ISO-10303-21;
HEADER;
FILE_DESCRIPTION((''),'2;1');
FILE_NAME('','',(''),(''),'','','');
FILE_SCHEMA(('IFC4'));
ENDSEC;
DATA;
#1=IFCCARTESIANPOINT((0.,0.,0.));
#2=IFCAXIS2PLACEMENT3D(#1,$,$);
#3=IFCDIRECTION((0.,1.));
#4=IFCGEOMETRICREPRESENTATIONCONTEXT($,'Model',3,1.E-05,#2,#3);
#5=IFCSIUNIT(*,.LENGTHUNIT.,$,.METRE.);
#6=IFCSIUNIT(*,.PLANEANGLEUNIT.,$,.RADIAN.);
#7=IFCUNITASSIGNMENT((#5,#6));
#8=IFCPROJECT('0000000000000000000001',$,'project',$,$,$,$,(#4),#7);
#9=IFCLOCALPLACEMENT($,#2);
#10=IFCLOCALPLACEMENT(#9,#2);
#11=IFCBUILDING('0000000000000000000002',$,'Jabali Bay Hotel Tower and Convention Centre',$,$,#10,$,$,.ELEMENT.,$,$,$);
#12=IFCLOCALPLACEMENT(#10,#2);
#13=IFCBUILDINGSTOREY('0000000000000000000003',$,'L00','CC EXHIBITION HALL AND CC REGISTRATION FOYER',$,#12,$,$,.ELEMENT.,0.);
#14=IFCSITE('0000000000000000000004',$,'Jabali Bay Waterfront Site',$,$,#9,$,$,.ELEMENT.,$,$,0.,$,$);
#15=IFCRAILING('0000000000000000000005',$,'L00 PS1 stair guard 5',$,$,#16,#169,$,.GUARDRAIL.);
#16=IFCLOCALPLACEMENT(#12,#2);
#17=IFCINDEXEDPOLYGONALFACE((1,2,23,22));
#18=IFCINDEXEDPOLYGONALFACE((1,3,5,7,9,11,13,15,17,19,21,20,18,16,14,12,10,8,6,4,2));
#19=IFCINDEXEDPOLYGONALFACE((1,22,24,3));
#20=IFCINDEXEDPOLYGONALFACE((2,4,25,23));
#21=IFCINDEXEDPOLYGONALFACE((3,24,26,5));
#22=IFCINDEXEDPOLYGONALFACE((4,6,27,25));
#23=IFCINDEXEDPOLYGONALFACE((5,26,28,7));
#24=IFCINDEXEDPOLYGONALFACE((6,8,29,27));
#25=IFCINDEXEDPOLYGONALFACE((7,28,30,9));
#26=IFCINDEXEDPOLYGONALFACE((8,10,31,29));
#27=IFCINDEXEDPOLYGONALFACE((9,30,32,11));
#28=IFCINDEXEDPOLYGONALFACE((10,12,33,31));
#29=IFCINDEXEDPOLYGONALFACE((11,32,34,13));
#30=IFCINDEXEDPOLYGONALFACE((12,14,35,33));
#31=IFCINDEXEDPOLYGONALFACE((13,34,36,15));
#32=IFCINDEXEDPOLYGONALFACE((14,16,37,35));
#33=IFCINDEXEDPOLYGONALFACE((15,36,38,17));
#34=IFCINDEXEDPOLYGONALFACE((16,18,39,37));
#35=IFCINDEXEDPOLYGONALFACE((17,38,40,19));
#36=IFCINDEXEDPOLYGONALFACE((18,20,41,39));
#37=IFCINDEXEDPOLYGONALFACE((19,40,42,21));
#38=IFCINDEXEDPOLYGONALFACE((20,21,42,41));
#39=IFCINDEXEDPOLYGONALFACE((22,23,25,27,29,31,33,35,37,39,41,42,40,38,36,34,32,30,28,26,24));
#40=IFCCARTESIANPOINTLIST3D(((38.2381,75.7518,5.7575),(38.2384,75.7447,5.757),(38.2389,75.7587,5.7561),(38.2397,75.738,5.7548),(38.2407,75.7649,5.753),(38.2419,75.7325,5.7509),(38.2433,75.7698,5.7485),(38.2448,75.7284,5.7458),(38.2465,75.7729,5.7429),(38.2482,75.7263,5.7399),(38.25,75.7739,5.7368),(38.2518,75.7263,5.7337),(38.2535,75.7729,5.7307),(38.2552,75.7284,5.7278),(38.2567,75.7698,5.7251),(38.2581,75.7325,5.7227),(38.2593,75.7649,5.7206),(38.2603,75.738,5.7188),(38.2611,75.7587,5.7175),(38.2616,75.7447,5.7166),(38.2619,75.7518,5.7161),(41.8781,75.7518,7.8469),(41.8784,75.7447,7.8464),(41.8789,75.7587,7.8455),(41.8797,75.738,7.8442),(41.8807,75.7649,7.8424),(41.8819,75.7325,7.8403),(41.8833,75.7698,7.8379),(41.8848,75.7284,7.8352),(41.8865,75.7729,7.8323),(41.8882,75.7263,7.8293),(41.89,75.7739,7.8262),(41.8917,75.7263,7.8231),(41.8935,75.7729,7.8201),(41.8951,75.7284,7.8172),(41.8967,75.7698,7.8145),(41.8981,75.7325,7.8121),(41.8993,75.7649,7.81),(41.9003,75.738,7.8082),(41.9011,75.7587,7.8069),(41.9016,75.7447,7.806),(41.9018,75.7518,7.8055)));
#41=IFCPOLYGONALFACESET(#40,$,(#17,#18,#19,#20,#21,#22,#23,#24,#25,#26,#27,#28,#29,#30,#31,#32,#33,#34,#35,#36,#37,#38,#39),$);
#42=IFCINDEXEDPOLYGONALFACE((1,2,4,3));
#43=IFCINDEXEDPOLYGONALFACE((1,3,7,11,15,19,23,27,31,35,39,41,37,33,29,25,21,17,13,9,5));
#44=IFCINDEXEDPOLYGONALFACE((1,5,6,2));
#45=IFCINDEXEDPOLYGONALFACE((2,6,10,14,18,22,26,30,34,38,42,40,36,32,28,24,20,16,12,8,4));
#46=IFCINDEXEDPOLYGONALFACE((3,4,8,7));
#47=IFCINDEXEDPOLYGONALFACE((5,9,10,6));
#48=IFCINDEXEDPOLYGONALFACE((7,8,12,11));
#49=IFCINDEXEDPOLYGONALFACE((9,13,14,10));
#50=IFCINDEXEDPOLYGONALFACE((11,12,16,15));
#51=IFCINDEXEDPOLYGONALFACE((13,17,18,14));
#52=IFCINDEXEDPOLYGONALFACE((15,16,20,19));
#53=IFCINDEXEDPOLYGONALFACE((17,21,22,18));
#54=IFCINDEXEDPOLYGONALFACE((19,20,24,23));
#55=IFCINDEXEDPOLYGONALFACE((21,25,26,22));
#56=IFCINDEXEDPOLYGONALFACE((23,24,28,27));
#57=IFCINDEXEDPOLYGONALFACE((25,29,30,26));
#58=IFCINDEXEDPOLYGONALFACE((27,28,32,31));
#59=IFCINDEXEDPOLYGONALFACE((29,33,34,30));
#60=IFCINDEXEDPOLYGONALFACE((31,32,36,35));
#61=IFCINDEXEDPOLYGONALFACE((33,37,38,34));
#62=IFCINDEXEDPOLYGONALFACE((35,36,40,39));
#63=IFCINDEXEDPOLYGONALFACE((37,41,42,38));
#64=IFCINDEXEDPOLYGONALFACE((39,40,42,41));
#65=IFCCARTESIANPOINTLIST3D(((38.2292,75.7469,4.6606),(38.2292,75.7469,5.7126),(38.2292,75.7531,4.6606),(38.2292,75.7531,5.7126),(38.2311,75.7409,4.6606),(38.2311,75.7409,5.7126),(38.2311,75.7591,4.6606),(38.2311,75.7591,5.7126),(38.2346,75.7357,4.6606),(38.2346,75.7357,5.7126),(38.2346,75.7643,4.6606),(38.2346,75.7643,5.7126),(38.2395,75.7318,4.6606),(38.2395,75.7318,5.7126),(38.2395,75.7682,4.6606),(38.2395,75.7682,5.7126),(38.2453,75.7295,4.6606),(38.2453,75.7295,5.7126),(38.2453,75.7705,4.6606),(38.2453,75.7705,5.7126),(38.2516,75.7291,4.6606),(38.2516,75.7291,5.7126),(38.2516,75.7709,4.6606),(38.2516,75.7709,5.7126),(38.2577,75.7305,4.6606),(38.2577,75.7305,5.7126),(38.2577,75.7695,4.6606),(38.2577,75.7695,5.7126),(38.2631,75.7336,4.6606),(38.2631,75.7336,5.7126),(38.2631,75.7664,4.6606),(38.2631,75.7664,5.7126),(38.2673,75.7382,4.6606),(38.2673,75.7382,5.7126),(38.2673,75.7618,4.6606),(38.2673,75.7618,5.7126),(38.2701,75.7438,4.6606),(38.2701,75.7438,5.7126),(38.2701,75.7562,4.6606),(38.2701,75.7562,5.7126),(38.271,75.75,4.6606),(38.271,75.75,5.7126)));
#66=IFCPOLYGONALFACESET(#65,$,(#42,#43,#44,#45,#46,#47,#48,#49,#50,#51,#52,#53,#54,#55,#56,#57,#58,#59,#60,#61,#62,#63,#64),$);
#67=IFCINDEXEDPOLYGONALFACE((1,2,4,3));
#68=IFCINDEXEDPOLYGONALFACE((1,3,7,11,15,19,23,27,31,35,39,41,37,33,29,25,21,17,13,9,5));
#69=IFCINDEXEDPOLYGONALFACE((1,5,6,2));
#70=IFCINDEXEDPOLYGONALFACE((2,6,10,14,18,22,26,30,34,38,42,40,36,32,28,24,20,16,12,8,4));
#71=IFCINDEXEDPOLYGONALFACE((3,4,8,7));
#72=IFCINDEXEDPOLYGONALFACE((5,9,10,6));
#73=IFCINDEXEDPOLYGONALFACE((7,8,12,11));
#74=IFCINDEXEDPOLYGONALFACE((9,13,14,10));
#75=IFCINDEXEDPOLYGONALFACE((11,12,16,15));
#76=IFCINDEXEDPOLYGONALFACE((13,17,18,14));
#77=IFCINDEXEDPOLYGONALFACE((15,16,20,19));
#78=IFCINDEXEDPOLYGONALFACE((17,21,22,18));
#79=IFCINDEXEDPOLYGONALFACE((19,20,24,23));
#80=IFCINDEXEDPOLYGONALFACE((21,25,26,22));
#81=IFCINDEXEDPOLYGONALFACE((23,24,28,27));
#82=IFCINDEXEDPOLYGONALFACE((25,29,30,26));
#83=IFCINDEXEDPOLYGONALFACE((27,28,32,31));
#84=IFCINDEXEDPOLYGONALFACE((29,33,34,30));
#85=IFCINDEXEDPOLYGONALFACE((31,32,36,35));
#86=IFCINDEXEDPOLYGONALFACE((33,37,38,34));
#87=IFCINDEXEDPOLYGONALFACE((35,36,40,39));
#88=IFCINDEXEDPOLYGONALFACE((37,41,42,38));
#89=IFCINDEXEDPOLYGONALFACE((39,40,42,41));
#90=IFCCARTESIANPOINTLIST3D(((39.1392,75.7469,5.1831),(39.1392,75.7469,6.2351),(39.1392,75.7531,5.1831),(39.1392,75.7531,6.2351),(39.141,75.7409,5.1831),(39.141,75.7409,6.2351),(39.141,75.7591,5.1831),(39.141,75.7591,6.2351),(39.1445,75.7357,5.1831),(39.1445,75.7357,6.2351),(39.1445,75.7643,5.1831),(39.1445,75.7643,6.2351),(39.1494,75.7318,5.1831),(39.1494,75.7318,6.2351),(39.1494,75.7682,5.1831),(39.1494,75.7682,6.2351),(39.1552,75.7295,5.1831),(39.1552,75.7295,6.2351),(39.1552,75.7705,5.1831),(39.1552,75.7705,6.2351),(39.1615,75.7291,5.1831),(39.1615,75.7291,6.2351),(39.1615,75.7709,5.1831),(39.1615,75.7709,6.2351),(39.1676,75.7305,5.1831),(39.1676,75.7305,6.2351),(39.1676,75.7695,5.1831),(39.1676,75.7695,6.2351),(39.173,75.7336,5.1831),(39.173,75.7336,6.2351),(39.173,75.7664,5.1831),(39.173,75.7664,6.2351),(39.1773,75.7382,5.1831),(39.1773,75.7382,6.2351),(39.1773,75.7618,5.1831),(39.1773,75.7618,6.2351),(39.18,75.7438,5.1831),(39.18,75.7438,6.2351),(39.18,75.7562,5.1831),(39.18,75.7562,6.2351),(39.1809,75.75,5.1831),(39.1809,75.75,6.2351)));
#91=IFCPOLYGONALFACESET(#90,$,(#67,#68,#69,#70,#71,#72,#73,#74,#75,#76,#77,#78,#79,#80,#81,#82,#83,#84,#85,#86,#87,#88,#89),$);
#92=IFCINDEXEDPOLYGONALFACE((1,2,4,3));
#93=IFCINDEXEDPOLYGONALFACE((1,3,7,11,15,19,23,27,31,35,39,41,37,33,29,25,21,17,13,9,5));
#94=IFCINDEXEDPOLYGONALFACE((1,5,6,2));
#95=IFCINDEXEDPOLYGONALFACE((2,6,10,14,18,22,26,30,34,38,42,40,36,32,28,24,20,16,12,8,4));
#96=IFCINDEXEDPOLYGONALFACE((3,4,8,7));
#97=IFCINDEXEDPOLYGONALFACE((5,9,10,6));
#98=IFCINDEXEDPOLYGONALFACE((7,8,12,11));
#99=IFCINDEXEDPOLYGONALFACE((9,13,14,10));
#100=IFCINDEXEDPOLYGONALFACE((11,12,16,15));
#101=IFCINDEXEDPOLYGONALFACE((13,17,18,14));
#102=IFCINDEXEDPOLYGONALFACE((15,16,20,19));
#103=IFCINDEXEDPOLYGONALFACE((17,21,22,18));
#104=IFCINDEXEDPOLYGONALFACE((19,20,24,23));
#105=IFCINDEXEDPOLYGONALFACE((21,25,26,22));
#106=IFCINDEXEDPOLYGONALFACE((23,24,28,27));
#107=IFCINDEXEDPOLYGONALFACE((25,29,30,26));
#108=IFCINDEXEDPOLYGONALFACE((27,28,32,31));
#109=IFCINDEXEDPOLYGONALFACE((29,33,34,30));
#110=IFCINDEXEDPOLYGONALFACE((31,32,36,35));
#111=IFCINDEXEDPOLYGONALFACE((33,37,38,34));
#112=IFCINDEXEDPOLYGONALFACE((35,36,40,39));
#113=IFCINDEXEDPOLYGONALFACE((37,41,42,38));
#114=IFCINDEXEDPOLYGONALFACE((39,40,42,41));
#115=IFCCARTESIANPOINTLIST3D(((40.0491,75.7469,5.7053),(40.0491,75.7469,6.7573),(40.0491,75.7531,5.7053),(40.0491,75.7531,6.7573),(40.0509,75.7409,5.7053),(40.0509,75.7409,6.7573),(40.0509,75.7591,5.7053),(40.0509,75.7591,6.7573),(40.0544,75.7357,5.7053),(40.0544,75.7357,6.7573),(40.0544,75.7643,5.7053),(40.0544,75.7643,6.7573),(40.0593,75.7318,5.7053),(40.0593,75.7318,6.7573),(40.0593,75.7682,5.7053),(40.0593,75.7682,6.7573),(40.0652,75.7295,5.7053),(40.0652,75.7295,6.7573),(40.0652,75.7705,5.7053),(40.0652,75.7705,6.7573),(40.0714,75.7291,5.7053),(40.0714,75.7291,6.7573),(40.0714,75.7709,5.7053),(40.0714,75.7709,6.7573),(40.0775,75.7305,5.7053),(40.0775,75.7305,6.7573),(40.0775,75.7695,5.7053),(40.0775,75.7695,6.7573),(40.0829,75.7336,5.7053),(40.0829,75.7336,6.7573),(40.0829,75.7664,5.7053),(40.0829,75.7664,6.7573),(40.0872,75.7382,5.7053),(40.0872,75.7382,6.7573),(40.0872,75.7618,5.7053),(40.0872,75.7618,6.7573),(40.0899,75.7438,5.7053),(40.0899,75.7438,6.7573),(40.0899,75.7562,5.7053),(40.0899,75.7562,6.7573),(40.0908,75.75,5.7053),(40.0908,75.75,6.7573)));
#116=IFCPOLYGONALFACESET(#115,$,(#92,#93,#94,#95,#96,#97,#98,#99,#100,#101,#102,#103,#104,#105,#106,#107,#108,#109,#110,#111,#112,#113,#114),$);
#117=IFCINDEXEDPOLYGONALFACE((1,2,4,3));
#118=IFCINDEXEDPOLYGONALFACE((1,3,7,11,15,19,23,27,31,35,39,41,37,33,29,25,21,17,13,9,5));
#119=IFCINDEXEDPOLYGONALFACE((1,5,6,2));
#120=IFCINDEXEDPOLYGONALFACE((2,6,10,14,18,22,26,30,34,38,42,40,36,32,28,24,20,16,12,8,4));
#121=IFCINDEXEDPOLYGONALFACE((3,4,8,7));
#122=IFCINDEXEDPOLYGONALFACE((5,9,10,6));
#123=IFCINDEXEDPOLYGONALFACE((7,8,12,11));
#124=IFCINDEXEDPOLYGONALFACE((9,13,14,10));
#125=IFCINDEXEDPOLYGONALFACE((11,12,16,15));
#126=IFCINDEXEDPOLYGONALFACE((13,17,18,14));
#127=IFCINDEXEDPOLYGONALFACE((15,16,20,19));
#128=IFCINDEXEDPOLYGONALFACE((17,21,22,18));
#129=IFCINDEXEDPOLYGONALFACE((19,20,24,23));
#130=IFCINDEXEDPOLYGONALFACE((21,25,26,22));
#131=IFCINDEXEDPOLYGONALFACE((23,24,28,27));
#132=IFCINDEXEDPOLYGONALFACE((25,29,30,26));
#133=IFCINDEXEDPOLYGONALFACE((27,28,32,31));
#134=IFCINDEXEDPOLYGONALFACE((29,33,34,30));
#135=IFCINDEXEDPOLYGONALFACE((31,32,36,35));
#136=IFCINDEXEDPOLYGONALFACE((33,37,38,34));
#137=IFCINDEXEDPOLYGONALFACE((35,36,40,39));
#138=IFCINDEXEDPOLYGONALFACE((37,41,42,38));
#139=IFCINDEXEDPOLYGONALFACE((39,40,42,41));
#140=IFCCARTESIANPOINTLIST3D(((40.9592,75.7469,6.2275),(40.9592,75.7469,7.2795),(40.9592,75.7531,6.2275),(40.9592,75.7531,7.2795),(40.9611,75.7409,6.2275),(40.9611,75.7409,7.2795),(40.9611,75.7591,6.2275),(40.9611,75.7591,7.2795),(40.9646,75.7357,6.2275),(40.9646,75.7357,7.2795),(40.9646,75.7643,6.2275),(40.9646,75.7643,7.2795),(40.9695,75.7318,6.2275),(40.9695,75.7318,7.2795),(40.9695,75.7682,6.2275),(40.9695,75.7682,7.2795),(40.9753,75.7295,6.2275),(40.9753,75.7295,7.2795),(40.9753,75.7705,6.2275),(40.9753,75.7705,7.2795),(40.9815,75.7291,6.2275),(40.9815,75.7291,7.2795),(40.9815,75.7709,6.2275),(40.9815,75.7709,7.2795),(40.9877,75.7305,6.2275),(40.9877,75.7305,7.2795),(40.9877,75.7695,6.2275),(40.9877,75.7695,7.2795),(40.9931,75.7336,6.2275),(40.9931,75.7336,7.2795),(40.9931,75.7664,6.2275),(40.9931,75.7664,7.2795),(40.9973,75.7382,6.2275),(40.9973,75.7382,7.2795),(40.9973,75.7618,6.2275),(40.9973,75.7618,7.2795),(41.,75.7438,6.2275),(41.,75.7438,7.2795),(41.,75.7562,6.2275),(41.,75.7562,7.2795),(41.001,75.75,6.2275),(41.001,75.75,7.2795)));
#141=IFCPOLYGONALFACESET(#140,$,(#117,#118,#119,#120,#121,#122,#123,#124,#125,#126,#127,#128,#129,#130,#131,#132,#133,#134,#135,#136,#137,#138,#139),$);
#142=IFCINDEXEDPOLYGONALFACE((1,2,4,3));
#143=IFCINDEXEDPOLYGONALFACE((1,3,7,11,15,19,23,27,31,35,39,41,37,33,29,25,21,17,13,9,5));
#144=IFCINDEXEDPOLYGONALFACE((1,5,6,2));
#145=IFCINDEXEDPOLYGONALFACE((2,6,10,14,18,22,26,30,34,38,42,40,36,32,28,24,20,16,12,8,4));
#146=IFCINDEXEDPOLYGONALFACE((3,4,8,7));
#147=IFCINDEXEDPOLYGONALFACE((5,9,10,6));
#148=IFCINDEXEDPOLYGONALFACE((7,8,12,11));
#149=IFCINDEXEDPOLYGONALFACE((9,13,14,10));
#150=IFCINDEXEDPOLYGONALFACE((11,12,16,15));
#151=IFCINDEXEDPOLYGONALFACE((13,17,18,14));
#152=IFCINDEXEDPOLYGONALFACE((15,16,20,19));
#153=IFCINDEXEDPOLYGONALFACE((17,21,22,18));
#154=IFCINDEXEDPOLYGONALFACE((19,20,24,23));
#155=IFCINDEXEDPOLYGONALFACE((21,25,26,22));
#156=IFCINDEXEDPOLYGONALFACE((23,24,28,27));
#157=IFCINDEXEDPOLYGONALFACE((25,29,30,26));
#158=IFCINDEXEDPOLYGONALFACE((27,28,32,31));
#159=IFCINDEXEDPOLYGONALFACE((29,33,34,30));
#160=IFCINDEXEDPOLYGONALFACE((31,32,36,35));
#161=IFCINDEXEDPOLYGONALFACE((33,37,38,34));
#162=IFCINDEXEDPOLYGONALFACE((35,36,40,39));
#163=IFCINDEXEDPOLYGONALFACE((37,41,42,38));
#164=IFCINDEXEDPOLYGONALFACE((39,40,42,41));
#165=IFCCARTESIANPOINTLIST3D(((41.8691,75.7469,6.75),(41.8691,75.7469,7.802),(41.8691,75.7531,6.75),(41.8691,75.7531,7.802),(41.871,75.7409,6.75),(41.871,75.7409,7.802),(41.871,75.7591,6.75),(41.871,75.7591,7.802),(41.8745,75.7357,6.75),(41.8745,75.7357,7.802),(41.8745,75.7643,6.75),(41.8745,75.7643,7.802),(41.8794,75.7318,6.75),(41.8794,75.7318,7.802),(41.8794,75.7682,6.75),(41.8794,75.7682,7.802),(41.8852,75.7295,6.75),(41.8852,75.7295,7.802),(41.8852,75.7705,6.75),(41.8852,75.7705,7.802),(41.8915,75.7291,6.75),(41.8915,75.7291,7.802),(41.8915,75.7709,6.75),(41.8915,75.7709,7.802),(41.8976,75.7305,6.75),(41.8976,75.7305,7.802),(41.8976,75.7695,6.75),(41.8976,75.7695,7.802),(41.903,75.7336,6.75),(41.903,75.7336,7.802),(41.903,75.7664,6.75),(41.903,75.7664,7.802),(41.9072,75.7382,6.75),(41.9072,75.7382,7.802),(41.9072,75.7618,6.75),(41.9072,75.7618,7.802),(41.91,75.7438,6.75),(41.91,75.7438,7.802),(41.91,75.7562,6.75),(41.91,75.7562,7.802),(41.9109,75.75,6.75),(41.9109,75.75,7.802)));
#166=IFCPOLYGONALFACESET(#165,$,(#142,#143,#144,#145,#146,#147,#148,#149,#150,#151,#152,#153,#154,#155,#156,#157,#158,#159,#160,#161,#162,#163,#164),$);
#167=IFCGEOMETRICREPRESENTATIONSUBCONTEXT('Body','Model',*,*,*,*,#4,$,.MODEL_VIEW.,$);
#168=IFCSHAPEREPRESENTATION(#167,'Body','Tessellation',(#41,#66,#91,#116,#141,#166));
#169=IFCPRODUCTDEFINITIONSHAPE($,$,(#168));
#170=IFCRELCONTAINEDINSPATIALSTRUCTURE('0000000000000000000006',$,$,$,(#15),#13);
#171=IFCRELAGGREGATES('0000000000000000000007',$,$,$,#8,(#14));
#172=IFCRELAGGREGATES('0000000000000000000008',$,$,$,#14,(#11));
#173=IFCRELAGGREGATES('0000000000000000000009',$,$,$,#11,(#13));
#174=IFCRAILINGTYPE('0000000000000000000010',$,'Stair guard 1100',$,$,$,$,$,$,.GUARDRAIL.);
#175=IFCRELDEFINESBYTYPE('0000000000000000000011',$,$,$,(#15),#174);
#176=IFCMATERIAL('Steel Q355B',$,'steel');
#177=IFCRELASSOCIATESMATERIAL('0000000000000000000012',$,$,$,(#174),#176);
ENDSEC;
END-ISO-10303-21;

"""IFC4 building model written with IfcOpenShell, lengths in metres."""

from ifc_helpers import new_model, si_unit, direction, frame, origin, origin_2d, place, context, subcontext, project, spatial, circle, extrude, material, type_object, element, save


model = new_model("IFC4")

# Units and contexts
model_context = context("Model", 3, precision=1e-05, world=origin(), true_north=direction((0.0, 1.0)))
body_context = subcontext(model_context, "Body", "Model", "MODEL_VIEW")
ifc_project = project(units=[si_unit("LENGTHUNIT", "METRE"), si_unit("PLANEANGLEUNIT", "RADIAN")], contexts=[model_context])

# Site, building, storey
site_placement = place(None, origin())
site = spatial("IfcSite", under=ifc_project, at=site_placement, Name="Jabali Bay Waterfront Site", CompositionType="ELEMENT", RefElevation=0.0)
building_placement = place(site_placement, origin())
building = spatial("IfcBuilding", under=site, at=building_placement, Name="Jabali Bay Hotel Tower and Convention Centre", CompositionType="ELEMENT")
storey_placement = place(building_placement, origin())
storey = spatial("IfcBuildingStorey", under=building, at=storey_placement, Name="L00", Description="CC EXHIBITION HALL AND CC REGISTRATION FOYER", CompositionType="ELEMENT", Elevation=0.0)

# Railing
ifc_material_1 = material(Name="Steel Q355B", Category="steel")
railing_type_1 = type_object("IfcRailingType", Name="Stair guard 1100", PredefinedType="GUARDRAIL", material=ifc_material_1)
railing_1_placement = place(storey_placement, frame((38.25, 75.75, 4.6606)))
element("IfcRailing", 1, at=railing_1_placement, inside=storey, type_object=railing_type_1, Name="L00 PS1 stair guard 5", PredefinedType="GUARDRAIL", context=body_context, shape_type="SweptSolid", body=[
    extrude(circle(Radius=0.0239, at=origin_2d()), frame((0.0, 0.0, 1.0762), z_axis=(0.867275, 0.0, 0.497829), x_axis=(0.0, 1.0, 0.0)), (0.0, 0.0, 1.0), 4.197),
    extrude(circle(Radius=0.021, at=origin_2d()), origin(), (0.0, 0.0, 1.0), 1.052),
    extrude(circle(Radius=0.021, at=origin_2d()), frame((0.9099, 0.0, 0.5225)), (0.0, 0.0, 1.0), 1.052),
    extrude(circle(Radius=0.021, at=origin_2d()), frame((1.8198, 0.0, 1.0447)), (0.0, 0.0, 1.0), 1.052),
    extrude(circle(Radius=0.021, at=origin_2d()), frame((2.73, 0.0, 1.5669)), (0.0, 0.0, 1.0), 1.052),
    extrude(circle(Radius=0.021, at=origin_2d()), frame((3.6399, 0.0, 2.0894)), (0.0, 0.0, 1.0), 1.052),
])

save(model, "model.ifc")
